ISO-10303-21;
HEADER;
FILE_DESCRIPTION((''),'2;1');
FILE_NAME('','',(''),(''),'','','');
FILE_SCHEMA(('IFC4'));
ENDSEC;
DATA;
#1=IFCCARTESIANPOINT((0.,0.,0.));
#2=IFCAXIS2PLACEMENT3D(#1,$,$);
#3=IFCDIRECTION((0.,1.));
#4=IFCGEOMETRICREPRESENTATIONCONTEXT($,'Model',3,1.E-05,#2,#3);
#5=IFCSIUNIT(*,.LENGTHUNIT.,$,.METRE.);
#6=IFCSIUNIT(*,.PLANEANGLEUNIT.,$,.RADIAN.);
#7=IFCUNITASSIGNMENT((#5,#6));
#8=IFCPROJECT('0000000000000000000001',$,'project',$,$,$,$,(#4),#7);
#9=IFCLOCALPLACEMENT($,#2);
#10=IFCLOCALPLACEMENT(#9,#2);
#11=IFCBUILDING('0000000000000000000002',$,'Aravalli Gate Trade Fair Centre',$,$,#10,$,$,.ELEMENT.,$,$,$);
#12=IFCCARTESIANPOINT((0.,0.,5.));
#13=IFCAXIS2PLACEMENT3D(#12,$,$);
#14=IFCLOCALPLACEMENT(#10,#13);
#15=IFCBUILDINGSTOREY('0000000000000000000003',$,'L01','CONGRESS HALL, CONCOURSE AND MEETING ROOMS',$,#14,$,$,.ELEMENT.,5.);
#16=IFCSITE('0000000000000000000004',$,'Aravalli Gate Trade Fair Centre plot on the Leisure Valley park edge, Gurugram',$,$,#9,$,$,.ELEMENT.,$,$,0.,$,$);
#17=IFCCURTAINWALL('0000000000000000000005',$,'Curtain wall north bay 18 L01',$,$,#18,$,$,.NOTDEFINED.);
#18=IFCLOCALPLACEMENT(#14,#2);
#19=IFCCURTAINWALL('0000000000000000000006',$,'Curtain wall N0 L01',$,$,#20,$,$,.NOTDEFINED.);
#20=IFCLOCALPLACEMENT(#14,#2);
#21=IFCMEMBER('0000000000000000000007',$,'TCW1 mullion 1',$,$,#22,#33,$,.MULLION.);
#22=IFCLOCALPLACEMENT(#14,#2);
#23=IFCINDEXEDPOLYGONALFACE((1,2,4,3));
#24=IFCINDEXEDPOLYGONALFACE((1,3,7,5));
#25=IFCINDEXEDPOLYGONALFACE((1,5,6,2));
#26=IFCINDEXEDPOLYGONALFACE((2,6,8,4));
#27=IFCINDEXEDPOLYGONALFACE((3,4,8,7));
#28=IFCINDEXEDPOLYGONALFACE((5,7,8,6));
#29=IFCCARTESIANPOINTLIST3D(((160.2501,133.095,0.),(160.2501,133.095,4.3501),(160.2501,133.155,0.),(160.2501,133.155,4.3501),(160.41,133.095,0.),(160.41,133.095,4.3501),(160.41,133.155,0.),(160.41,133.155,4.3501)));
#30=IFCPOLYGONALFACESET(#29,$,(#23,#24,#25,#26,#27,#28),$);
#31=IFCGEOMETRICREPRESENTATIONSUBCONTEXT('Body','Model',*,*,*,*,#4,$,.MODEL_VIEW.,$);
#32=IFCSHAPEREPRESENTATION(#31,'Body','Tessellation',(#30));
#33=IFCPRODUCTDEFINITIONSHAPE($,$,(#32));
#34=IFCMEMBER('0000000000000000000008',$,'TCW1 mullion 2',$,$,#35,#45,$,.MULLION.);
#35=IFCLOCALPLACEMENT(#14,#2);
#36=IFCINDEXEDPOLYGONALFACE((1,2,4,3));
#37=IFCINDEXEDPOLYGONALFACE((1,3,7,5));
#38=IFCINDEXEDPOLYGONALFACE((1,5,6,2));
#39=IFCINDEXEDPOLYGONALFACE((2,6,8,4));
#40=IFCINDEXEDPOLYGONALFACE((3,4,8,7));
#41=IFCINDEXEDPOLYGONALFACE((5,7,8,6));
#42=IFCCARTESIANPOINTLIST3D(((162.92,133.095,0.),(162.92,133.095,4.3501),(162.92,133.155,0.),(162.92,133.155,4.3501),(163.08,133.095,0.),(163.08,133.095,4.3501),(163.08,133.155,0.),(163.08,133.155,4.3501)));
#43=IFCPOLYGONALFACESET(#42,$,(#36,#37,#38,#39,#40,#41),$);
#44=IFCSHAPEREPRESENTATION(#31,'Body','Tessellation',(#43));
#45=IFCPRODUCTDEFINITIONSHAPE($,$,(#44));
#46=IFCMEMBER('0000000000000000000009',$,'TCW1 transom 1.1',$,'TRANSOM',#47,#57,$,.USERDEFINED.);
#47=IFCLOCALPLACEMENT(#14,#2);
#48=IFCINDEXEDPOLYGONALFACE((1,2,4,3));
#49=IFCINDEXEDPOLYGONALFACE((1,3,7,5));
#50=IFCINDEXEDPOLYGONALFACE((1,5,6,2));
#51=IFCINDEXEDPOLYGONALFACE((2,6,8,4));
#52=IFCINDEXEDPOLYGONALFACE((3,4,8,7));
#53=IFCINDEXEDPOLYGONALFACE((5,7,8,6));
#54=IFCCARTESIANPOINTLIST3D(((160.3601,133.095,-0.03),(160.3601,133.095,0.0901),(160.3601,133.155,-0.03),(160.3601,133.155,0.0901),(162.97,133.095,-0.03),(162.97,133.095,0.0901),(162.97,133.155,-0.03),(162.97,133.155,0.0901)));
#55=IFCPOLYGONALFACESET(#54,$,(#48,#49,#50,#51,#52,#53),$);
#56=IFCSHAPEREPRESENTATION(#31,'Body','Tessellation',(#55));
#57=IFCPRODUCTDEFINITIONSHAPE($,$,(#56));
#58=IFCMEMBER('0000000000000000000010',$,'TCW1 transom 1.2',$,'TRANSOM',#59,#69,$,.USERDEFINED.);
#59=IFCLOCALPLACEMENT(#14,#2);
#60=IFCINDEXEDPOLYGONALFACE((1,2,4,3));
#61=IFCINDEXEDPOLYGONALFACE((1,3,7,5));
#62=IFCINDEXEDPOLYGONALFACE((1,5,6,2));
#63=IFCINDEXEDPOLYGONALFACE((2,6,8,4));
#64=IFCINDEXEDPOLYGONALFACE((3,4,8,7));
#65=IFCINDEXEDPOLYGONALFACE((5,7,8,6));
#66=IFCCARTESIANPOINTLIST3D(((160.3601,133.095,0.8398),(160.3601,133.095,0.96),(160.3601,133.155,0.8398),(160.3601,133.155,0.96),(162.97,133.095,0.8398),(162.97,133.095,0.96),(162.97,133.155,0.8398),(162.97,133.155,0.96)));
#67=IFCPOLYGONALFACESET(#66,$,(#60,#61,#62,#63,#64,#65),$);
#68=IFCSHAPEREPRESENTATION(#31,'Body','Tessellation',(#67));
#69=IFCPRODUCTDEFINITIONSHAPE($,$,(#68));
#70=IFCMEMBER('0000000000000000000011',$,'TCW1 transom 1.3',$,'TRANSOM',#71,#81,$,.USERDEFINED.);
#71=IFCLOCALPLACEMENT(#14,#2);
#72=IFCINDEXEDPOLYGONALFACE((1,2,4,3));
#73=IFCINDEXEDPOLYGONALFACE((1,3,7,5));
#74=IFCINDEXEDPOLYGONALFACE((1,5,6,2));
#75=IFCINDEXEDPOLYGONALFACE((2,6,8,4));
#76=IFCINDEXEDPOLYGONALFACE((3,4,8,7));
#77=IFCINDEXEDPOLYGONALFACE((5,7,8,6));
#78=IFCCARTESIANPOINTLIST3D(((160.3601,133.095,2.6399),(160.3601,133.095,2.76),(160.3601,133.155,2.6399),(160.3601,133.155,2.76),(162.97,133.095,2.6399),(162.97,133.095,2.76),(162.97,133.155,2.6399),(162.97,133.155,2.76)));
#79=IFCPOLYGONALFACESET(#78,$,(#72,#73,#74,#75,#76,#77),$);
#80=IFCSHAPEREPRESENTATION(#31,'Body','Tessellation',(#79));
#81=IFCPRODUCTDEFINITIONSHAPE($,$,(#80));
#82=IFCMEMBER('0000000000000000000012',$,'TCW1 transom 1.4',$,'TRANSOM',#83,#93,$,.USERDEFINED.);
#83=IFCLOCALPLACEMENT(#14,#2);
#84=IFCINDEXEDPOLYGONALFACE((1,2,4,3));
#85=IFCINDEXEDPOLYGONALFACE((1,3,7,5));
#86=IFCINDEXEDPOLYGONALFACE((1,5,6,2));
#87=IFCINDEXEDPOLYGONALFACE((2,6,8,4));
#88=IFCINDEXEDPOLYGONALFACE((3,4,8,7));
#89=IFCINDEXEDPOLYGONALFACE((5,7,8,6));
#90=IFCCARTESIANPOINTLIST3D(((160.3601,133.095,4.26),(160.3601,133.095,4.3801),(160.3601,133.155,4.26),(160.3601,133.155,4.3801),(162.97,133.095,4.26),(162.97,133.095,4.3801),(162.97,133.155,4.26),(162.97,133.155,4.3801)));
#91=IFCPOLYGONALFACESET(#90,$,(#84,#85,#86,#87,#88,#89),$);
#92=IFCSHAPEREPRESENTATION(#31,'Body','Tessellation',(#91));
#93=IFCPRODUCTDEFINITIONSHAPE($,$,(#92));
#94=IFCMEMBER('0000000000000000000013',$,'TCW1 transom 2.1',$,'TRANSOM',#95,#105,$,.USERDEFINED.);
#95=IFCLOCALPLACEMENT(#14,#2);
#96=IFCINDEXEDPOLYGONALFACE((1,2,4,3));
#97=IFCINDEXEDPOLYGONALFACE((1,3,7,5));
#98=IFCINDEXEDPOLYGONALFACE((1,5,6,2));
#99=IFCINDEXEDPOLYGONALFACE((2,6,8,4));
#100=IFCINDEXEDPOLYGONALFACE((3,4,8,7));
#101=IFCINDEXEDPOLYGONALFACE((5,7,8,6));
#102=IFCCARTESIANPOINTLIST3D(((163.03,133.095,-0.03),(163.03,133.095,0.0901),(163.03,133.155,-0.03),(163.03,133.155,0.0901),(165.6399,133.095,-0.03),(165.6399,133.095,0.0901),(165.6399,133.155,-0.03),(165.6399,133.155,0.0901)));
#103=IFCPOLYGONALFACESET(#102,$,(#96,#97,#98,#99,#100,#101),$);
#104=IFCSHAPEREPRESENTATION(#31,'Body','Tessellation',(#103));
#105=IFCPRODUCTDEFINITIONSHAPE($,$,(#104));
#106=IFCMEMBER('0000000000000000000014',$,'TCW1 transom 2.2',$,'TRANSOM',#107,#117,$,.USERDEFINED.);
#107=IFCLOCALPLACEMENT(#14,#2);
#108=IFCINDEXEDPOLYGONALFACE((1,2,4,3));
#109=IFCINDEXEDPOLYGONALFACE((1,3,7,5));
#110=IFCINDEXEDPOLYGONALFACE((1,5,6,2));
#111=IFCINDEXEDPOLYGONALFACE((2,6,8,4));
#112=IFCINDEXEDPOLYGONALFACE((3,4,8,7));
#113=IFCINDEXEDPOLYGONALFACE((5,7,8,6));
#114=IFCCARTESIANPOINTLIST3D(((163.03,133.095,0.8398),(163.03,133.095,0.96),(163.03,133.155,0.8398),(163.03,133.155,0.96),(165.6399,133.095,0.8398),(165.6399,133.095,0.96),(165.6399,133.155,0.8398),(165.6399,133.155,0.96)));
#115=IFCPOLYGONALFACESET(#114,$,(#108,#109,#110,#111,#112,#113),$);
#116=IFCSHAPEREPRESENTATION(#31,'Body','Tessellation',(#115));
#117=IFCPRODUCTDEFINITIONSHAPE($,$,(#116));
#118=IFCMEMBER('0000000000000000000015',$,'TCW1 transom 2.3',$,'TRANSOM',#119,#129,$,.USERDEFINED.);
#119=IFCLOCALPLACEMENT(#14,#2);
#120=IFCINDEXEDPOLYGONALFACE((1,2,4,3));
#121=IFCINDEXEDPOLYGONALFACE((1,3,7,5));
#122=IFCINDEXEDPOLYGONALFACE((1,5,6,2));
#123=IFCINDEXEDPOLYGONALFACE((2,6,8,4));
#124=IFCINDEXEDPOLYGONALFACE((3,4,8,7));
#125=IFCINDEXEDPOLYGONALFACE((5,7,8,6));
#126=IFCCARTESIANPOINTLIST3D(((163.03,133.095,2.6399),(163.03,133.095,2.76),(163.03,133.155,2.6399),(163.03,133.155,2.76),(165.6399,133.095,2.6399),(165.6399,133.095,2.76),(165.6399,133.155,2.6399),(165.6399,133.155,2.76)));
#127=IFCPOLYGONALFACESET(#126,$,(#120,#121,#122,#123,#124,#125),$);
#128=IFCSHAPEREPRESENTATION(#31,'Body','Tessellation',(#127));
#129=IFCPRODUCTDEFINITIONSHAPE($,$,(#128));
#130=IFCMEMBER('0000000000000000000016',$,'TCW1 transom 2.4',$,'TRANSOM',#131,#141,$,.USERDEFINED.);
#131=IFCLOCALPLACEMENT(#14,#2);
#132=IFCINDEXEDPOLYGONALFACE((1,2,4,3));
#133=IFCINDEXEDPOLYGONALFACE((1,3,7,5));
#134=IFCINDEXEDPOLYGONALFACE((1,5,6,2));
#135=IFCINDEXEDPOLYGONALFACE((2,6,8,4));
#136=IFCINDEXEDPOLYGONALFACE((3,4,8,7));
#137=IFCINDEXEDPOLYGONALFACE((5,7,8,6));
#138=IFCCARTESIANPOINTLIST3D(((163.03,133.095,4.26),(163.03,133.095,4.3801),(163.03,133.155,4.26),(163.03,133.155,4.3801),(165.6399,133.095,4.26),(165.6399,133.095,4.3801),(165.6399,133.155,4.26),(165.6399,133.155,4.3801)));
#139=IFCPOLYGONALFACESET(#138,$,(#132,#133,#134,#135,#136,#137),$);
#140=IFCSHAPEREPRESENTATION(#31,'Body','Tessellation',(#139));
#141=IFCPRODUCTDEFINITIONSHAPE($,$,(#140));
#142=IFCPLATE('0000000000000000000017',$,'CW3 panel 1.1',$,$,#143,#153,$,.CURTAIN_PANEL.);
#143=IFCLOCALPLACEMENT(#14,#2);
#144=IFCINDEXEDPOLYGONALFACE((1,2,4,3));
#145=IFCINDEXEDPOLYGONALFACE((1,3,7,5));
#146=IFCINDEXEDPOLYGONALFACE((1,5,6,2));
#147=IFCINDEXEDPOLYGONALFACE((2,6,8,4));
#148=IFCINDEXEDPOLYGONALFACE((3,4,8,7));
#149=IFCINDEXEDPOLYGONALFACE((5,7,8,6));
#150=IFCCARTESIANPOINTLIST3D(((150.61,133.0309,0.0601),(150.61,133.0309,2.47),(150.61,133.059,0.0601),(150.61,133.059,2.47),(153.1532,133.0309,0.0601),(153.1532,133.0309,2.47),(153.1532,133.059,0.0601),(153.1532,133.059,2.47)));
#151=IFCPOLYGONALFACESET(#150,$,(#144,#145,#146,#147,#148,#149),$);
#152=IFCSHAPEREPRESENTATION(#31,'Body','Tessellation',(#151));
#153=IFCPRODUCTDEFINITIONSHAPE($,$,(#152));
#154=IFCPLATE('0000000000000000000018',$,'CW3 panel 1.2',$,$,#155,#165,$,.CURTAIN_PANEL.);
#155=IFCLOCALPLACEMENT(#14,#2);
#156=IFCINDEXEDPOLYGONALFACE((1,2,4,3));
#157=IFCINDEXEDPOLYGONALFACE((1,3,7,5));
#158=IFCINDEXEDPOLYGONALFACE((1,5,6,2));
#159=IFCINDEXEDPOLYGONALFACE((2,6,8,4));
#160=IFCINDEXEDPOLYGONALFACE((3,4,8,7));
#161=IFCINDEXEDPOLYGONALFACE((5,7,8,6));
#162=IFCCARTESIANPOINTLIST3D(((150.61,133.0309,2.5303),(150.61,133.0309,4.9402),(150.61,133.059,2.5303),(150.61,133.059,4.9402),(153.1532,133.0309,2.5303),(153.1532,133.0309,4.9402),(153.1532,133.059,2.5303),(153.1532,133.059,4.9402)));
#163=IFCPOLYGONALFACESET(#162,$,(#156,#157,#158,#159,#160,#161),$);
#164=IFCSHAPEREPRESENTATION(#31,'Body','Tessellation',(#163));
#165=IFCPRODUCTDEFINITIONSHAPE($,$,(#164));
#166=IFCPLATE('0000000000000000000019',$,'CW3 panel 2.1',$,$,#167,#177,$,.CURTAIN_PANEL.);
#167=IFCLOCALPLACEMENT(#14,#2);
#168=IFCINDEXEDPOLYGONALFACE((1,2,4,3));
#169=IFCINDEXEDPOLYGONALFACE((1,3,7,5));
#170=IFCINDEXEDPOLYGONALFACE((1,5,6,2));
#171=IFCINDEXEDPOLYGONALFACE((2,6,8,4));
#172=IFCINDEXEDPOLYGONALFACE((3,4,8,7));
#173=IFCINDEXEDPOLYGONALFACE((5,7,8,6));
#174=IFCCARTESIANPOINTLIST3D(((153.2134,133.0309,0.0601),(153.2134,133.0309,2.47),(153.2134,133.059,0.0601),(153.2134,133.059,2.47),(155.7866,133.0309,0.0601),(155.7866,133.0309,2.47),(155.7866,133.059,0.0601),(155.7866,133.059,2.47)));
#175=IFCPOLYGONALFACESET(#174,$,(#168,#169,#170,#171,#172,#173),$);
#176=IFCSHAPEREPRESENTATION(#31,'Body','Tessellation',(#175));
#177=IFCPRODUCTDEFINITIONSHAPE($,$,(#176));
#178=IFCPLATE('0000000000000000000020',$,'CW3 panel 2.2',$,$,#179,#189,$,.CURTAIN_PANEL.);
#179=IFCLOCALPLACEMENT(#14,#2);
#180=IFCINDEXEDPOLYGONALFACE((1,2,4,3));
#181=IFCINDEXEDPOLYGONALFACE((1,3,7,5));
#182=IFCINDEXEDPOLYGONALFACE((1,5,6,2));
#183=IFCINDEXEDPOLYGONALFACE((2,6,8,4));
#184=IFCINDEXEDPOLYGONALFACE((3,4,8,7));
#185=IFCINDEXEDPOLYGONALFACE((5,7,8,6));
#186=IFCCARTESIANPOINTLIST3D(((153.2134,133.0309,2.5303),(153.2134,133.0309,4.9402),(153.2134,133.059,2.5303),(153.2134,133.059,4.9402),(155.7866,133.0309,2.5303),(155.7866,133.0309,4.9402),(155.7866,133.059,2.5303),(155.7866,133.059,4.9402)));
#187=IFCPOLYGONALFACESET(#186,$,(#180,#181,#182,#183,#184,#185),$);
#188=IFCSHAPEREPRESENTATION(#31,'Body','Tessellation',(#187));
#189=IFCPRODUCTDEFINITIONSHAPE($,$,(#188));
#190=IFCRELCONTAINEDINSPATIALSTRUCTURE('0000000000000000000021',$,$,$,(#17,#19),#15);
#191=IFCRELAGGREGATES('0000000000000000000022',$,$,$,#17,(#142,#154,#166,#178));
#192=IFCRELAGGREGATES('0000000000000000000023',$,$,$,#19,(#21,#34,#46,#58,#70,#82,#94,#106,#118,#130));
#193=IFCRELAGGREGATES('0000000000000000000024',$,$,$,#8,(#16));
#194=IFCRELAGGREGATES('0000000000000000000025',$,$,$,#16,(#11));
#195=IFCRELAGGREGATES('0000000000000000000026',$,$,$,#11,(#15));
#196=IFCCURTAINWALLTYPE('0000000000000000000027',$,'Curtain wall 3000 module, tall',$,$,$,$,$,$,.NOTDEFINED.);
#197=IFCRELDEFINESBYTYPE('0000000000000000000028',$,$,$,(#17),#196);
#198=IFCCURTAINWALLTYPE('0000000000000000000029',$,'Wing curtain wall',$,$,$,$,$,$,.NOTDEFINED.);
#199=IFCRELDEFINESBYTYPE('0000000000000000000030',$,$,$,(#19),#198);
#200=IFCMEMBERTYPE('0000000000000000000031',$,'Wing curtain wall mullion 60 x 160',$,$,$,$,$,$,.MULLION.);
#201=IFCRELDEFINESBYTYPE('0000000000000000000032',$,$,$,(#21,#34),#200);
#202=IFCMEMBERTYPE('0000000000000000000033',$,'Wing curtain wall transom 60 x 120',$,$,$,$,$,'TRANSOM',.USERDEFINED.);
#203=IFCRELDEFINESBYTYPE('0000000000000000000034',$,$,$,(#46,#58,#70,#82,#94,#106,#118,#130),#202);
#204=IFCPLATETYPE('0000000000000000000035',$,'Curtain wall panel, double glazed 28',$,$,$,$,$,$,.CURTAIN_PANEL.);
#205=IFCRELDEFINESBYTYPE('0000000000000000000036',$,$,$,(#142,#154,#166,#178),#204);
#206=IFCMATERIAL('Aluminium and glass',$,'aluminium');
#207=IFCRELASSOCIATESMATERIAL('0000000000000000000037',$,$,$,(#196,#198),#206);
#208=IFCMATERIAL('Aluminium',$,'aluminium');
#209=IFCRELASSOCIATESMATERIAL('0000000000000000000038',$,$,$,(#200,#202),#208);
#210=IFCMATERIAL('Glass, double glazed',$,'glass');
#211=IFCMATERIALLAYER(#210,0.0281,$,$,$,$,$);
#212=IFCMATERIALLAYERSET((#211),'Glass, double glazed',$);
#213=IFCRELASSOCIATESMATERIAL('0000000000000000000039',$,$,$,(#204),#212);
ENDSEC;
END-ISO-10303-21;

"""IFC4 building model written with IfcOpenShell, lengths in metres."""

from ifc_helpers import new_model, si_unit, direction, frame, origin, origin_2d, place, context, subcontext, project, spatial, rectangle, extrude, material, layer, layer_set, material_profile, profile_set, type_object, element, aggregate, save


model = new_model("IFC4")

# Units and contexts
model_context = context("Model", 3, precision=1e-05, world=origin(), true_north=direction((0.0, 1.0)))
body_context = subcontext(model_context, "Body", "Model", "MODEL_VIEW")
ifc_project = project(units=[si_unit("LENGTHUNIT", "METRE"), si_unit("PLANEANGLEUNIT", "RADIAN")], contexts=[model_context])

# Site, building, storey
site_placement = place(None, origin())
site = spatial("IfcSite", under=ifc_project, at=site_placement, Name="Aravalli Gate Trade Fair Centre plot on the Leisure Valley park edge, Gurugram", CompositionType="ELEMENT", RefElevation=0.0)
building_placement = place(site_placement, origin())
building = spatial("IfcBuilding", under=site, at=building_placement, Name="Aravalli Gate Trade Fair Centre", CompositionType="ELEMENT")
storey_placement = place(building_placement, frame((0.0, 0.0, 5.0)))
storey = spatial("IfcBuildingStorey", under=building, at=storey_placement, Name="L01", Description="CONGRESS HALL, CONCOURSE AND MEETING ROOMS", CompositionType="ELEMENT", Elevation=5.0)

# Curtain wall
ifc_material_1 = material(Name="Aluminium and glass", Category="aluminium")
curtain_wall_type_1 = type_object("IfcCurtainWallType", Name="Curtain wall 3000 module, tall", PredefinedType="NOTDEFINED", material=ifc_material_1)
curtain_wall_1_placement = place(storey_placement, origin())
curtain_wall_1 = element("IfcCurtainWall", 1, at=curtain_wall_1_placement, inside=storey, type_object=curtain_wall_type_1, Name="Curtain wall north bay 18 L01", PredefinedType="NOTDEFINED")
ifc_material_2 = material(Name="Aluminium", Category="aluminium")

# Curtain wall, members
curtain_wall_type_2 = type_object("IfcCurtainWallType", Name="Wing curtain wall", PredefinedType="NOTDEFINED", material=ifc_material_1)
curtain_wall_2_placement = place(storey_placement, origin())
curtain_wall_2 = element("IfcCurtainWall", 2, at=curtain_wall_2_placement, inside=storey, type_object=curtain_wall_type_2, Name="Curtain wall N0 L01", PredefinedType="NOTDEFINED")
ifc_material_profile_1 = material_profile(ifc_material_2, rectangle(XDim=0.0601, YDim=0.1599, at=origin_2d()), Name="Wing curtain wall mullion 60 x 160")
ifc_profile_set_1 = profile_set([ifc_material_profile_1], Name="Aluminium")
member_type_1 = type_object("IfcMemberType", Name="Wing curtain wall mullion 60 x 160", PredefinedType="MULLION", material=ifc_profile_set_1)
member_1_placement = place(storey_placement, frame((160.3301, 133.125, 0.0), z_axis=(0.0, 0.0, 1.0), x_axis=(0.0, 1.0, 0.0)))
member_1 = element("IfcMember", 3, at=member_1_placement, type_object=member_type_1, Name="TCW1 mullion 1", PredefinedType="MULLION", context=body_context, shape_type="SweptSolid", body=[
    extrude(rectangle(XDim=0.0601, YDim=0.1599, at=origin_2d()), origin(), (0.0, 0.0, 1.0), 4.3501),
])
member_2_placement = place(storey_placement, frame((163.0, 133.125, 0.0), z_axis=(0.0, 0.0, 1.0), x_axis=(0.0, 1.0, 0.0)))
member_2 = element("IfcMember", 4, at=member_2_placement, type_object=member_type_1, Name="TCW1 mullion 2", PredefinedType="MULLION", context=body_context, shape_type="SweptSolid", body=[
    extrude(rectangle(XDim=0.0601, YDim=0.1599, at=origin_2d()), origin(), (0.0, 0.0, 1.0), 4.3501),
])
ifc_material_profile_2 = material_profile(ifc_material_2, rectangle(XDim=0.0601, YDim=0.1201, at=origin_2d()), Name="Wing curtain wall transom 60 x 120")
ifc_profile_set_2 = profile_set([ifc_material_profile_2], Name="Aluminium")
member_type_2 = type_object("IfcMemberType", Name="Wing curtain wall transom 60 x 120", ElementType="TRANSOM", PredefinedType="USERDEFINED", material=ifc_profile_set_2)
member_3_placement = place(storey_placement, frame((160.3601, 133.125, 0.03), z_axis=(1.0, 0.0, 0.0), x_axis=(0.0, 1.0, 0.0)))
member_3 = element("IfcMember", 5, at=member_3_placement, type_object=member_type_2, Name="TCW1 transom 1.1", ObjectType="TRANSOM", PredefinedType="USERDEFINED", context=body_context, shape_type="SweptSolid", body=[
    extrude(rectangle(XDim=0.0601, YDim=0.1201, at=origin_2d()), origin(), (0.0, 0.0, 1.0), 2.6099),
])
member_4_placement = place(storey_placement, frame((160.3601, 133.125, 0.8999), z_axis=(1.0, 0.0, 0.0), x_axis=(0.0, 1.0, 0.0)))
member_4 = element("IfcMember", 6, at=member_4_placement, type_object=member_type_2, Name="TCW1 transom 1.2", ObjectType="TRANSOM", PredefinedType="USERDEFINED", context=body_context, shape_type="SweptSolid", body=[
    extrude(rectangle(XDim=0.0601, YDim=0.1201, at=origin_2d()), origin(), (0.0, 0.0, 1.0), 2.6099),
])
member_5_placement = place(storey_placement, frame((160.3601, 133.125, 2.7), z_axis=(1.0, 0.0, 0.0), x_axis=(0.0, 1.0, 0.0)))
member_5 = element("IfcMember", 7, at=member_5_placement, type_object=member_type_2, Name="TCW1 transom 1.3", ObjectType="TRANSOM", PredefinedType="USERDEFINED", context=body_context, shape_type="SweptSolid", body=[
    extrude(rectangle(XDim=0.0601, YDim=0.1201, at=origin_2d()), origin(), (0.0, 0.0, 1.0), 2.6099),
])
member_6_placement = place(storey_placement, frame((160.3601, 133.125, 4.3201), z_axis=(1.0, 0.0, 0.0), x_axis=(0.0, 1.0, 0.0)))
member_6 = element("IfcMember", 8, at=member_6_placement, type_object=member_type_2, Name="TCW1 transom 1.4", ObjectType="TRANSOM", PredefinedType="USERDEFINED", context=body_context, shape_type="SweptSolid", body=[
    extrude(rectangle(XDim=0.0601, YDim=0.1201, at=origin_2d()), origin(), (0.0, 0.0, 1.0), 2.6099),
])
member_7_placement = place(storey_placement, frame((163.03, 133.125, 0.03), z_axis=(1.0, 0.0, 0.0), x_axis=(0.0, 1.0, 0.0)))
member_7 = element("IfcMember", 9, at=member_7_placement, type_object=member_type_2, Name="TCW1 transom 2.1", ObjectType="TRANSOM", PredefinedType="USERDEFINED", context=body_context, shape_type="SweptSolid", body=[
    extrude(rectangle(XDim=0.0601, YDim=0.1201, at=origin_2d()), origin(), (0.0, 0.0, 1.0), 2.6099),
])
member_8_placement = place(storey_placement, frame((163.03, 133.125, 0.8999), z_axis=(1.0, 0.0, 0.0), x_axis=(0.0, 1.0, 0.0)))
member_8 = element("IfcMember", 10, at=member_8_placement, type_object=member_type_2, Name="TCW1 transom 2.2", ObjectType="TRANSOM", PredefinedType="USERDEFINED", context=body_context, shape_type="SweptSolid", body=[
    extrude(rectangle(XDim=0.0601, YDim=0.1201, at=origin_2d()), origin(), (0.0, 0.0, 1.0), 2.6099),
])
member_9_placement = place(storey_placement, frame((163.03, 133.125, 2.7), z_axis=(1.0, 0.0, 0.0), x_axis=(0.0, 1.0, 0.0)))
member_9 = element("IfcMember", 11, at=member_9_placement, type_object=member_type_2, Name="TCW1 transom 2.3", ObjectType="TRANSOM", PredefinedType="USERDEFINED", context=body_context, shape_type="SweptSolid", body=[
    extrude(rectangle(XDim=0.0601, YDim=0.1201, at=origin_2d()), origin(), (0.0, 0.0, 1.0), 2.6099),
])
member_10_placement = place(storey_placement, frame((163.03, 133.125, 4.3201), z_axis=(1.0, 0.0, 0.0), x_axis=(0.0, 1.0, 0.0)))
member_10 = element("IfcMember", 12, at=member_10_placement, type_object=member_type_2, Name="TCW1 transom 2.4", ObjectType="TRANSOM", PredefinedType="USERDEFINED", context=body_context, shape_type="SweptSolid", body=[
    extrude(rectangle(XDim=0.0601, YDim=0.1201, at=origin_2d()), origin(), (0.0, 0.0, 1.0), 2.6099),
])

# Plates
ifc_material_3 = material(Name="Glass, double glazed", Category="glass")
ifc_layer_1 = layer(ifc_material_3, 0.0281)
ifc_layer_set_1 = layer_set([ifc_layer_1], Name="Glass, double glazed")
plate_type_1 = type_object("IfcPlateType", Name="Curtain wall panel, double glazed 28", PredefinedType="CURTAIN_PANEL", material=ifc_layer_set_1)
plate_1_placement = place(storey_placement, frame((151.8816, 133.0449, 0.0601), z_axis=(0.0, 0.0, 1.0), x_axis=(1.0, 0.0, 0.0)))
plate_1 = element("IfcPlate", 13, at=plate_1_placement, type_object=plate_type_1, Name="CW3 panel 1.1", PredefinedType="CURTAIN_PANEL", context=body_context, shape_type="SweptSolid", body=[
    extrude(rectangle(XDim=2.5432, YDim=0.0281, at=origin_2d()), origin(), (0.0, 0.0, 1.0), 2.4099),
])
plate_2_placement = place(storey_placement, frame((151.8816, 133.0449, 2.5303), z_axis=(0.0, 0.0, 1.0), x_axis=(1.0, 0.0, 0.0)))
plate_2 = element("IfcPlate", 14, at=plate_2_placement, type_object=plate_type_1, Name="CW3 panel 1.2", PredefinedType="CURTAIN_PANEL", context=body_context, shape_type="SweptSolid", body=[
    extrude(rectangle(XDim=2.5432, YDim=0.0281, at=origin_2d()), origin(), (0.0, 0.0, 1.0), 2.4099),
])
plate_3_placement = place(storey_placement, frame((154.5, 133.0449, 0.0601), z_axis=(0.0, 0.0, 1.0), x_axis=(1.0, 0.0, 0.0)))
plate_3 = element("IfcPlate", 15, at=plate_3_placement, type_object=plate_type_1, Name="CW3 panel 2.1", PredefinedType="CURTAIN_PANEL", context=body_context, shape_type="SweptSolid", body=[
    extrude(rectangle(XDim=2.5732, YDim=0.0281, at=origin_2d()), origin(), (0.0, 0.0, 1.0), 2.4099),
])
plate_4_placement = place(storey_placement, frame((154.5, 133.0449, 2.5303), z_axis=(0.0, 0.0, 1.0), x_axis=(1.0, 0.0, 0.0)))
plate_4 = element("IfcPlate", 16, at=plate_4_placement, type_object=plate_type_1, Name="CW3 panel 2.2", PredefinedType="CURTAIN_PANEL", context=body_context, shape_type="SweptSolid", body=[
    extrude(rectangle(XDim=2.5732, YDim=0.0281, at=origin_2d()), origin(), (0.0, 0.0, 1.0), 2.4099),
])
aggregate(curtain_wall_1, [plate_1, plate_2, plate_3, plate_4])
aggregate(curtain_wall_2, [member_1, member_2, member_3, member_4, member_5, member_6, member_7, member_8, member_9, member_10])

save(model, "model.ifc")
